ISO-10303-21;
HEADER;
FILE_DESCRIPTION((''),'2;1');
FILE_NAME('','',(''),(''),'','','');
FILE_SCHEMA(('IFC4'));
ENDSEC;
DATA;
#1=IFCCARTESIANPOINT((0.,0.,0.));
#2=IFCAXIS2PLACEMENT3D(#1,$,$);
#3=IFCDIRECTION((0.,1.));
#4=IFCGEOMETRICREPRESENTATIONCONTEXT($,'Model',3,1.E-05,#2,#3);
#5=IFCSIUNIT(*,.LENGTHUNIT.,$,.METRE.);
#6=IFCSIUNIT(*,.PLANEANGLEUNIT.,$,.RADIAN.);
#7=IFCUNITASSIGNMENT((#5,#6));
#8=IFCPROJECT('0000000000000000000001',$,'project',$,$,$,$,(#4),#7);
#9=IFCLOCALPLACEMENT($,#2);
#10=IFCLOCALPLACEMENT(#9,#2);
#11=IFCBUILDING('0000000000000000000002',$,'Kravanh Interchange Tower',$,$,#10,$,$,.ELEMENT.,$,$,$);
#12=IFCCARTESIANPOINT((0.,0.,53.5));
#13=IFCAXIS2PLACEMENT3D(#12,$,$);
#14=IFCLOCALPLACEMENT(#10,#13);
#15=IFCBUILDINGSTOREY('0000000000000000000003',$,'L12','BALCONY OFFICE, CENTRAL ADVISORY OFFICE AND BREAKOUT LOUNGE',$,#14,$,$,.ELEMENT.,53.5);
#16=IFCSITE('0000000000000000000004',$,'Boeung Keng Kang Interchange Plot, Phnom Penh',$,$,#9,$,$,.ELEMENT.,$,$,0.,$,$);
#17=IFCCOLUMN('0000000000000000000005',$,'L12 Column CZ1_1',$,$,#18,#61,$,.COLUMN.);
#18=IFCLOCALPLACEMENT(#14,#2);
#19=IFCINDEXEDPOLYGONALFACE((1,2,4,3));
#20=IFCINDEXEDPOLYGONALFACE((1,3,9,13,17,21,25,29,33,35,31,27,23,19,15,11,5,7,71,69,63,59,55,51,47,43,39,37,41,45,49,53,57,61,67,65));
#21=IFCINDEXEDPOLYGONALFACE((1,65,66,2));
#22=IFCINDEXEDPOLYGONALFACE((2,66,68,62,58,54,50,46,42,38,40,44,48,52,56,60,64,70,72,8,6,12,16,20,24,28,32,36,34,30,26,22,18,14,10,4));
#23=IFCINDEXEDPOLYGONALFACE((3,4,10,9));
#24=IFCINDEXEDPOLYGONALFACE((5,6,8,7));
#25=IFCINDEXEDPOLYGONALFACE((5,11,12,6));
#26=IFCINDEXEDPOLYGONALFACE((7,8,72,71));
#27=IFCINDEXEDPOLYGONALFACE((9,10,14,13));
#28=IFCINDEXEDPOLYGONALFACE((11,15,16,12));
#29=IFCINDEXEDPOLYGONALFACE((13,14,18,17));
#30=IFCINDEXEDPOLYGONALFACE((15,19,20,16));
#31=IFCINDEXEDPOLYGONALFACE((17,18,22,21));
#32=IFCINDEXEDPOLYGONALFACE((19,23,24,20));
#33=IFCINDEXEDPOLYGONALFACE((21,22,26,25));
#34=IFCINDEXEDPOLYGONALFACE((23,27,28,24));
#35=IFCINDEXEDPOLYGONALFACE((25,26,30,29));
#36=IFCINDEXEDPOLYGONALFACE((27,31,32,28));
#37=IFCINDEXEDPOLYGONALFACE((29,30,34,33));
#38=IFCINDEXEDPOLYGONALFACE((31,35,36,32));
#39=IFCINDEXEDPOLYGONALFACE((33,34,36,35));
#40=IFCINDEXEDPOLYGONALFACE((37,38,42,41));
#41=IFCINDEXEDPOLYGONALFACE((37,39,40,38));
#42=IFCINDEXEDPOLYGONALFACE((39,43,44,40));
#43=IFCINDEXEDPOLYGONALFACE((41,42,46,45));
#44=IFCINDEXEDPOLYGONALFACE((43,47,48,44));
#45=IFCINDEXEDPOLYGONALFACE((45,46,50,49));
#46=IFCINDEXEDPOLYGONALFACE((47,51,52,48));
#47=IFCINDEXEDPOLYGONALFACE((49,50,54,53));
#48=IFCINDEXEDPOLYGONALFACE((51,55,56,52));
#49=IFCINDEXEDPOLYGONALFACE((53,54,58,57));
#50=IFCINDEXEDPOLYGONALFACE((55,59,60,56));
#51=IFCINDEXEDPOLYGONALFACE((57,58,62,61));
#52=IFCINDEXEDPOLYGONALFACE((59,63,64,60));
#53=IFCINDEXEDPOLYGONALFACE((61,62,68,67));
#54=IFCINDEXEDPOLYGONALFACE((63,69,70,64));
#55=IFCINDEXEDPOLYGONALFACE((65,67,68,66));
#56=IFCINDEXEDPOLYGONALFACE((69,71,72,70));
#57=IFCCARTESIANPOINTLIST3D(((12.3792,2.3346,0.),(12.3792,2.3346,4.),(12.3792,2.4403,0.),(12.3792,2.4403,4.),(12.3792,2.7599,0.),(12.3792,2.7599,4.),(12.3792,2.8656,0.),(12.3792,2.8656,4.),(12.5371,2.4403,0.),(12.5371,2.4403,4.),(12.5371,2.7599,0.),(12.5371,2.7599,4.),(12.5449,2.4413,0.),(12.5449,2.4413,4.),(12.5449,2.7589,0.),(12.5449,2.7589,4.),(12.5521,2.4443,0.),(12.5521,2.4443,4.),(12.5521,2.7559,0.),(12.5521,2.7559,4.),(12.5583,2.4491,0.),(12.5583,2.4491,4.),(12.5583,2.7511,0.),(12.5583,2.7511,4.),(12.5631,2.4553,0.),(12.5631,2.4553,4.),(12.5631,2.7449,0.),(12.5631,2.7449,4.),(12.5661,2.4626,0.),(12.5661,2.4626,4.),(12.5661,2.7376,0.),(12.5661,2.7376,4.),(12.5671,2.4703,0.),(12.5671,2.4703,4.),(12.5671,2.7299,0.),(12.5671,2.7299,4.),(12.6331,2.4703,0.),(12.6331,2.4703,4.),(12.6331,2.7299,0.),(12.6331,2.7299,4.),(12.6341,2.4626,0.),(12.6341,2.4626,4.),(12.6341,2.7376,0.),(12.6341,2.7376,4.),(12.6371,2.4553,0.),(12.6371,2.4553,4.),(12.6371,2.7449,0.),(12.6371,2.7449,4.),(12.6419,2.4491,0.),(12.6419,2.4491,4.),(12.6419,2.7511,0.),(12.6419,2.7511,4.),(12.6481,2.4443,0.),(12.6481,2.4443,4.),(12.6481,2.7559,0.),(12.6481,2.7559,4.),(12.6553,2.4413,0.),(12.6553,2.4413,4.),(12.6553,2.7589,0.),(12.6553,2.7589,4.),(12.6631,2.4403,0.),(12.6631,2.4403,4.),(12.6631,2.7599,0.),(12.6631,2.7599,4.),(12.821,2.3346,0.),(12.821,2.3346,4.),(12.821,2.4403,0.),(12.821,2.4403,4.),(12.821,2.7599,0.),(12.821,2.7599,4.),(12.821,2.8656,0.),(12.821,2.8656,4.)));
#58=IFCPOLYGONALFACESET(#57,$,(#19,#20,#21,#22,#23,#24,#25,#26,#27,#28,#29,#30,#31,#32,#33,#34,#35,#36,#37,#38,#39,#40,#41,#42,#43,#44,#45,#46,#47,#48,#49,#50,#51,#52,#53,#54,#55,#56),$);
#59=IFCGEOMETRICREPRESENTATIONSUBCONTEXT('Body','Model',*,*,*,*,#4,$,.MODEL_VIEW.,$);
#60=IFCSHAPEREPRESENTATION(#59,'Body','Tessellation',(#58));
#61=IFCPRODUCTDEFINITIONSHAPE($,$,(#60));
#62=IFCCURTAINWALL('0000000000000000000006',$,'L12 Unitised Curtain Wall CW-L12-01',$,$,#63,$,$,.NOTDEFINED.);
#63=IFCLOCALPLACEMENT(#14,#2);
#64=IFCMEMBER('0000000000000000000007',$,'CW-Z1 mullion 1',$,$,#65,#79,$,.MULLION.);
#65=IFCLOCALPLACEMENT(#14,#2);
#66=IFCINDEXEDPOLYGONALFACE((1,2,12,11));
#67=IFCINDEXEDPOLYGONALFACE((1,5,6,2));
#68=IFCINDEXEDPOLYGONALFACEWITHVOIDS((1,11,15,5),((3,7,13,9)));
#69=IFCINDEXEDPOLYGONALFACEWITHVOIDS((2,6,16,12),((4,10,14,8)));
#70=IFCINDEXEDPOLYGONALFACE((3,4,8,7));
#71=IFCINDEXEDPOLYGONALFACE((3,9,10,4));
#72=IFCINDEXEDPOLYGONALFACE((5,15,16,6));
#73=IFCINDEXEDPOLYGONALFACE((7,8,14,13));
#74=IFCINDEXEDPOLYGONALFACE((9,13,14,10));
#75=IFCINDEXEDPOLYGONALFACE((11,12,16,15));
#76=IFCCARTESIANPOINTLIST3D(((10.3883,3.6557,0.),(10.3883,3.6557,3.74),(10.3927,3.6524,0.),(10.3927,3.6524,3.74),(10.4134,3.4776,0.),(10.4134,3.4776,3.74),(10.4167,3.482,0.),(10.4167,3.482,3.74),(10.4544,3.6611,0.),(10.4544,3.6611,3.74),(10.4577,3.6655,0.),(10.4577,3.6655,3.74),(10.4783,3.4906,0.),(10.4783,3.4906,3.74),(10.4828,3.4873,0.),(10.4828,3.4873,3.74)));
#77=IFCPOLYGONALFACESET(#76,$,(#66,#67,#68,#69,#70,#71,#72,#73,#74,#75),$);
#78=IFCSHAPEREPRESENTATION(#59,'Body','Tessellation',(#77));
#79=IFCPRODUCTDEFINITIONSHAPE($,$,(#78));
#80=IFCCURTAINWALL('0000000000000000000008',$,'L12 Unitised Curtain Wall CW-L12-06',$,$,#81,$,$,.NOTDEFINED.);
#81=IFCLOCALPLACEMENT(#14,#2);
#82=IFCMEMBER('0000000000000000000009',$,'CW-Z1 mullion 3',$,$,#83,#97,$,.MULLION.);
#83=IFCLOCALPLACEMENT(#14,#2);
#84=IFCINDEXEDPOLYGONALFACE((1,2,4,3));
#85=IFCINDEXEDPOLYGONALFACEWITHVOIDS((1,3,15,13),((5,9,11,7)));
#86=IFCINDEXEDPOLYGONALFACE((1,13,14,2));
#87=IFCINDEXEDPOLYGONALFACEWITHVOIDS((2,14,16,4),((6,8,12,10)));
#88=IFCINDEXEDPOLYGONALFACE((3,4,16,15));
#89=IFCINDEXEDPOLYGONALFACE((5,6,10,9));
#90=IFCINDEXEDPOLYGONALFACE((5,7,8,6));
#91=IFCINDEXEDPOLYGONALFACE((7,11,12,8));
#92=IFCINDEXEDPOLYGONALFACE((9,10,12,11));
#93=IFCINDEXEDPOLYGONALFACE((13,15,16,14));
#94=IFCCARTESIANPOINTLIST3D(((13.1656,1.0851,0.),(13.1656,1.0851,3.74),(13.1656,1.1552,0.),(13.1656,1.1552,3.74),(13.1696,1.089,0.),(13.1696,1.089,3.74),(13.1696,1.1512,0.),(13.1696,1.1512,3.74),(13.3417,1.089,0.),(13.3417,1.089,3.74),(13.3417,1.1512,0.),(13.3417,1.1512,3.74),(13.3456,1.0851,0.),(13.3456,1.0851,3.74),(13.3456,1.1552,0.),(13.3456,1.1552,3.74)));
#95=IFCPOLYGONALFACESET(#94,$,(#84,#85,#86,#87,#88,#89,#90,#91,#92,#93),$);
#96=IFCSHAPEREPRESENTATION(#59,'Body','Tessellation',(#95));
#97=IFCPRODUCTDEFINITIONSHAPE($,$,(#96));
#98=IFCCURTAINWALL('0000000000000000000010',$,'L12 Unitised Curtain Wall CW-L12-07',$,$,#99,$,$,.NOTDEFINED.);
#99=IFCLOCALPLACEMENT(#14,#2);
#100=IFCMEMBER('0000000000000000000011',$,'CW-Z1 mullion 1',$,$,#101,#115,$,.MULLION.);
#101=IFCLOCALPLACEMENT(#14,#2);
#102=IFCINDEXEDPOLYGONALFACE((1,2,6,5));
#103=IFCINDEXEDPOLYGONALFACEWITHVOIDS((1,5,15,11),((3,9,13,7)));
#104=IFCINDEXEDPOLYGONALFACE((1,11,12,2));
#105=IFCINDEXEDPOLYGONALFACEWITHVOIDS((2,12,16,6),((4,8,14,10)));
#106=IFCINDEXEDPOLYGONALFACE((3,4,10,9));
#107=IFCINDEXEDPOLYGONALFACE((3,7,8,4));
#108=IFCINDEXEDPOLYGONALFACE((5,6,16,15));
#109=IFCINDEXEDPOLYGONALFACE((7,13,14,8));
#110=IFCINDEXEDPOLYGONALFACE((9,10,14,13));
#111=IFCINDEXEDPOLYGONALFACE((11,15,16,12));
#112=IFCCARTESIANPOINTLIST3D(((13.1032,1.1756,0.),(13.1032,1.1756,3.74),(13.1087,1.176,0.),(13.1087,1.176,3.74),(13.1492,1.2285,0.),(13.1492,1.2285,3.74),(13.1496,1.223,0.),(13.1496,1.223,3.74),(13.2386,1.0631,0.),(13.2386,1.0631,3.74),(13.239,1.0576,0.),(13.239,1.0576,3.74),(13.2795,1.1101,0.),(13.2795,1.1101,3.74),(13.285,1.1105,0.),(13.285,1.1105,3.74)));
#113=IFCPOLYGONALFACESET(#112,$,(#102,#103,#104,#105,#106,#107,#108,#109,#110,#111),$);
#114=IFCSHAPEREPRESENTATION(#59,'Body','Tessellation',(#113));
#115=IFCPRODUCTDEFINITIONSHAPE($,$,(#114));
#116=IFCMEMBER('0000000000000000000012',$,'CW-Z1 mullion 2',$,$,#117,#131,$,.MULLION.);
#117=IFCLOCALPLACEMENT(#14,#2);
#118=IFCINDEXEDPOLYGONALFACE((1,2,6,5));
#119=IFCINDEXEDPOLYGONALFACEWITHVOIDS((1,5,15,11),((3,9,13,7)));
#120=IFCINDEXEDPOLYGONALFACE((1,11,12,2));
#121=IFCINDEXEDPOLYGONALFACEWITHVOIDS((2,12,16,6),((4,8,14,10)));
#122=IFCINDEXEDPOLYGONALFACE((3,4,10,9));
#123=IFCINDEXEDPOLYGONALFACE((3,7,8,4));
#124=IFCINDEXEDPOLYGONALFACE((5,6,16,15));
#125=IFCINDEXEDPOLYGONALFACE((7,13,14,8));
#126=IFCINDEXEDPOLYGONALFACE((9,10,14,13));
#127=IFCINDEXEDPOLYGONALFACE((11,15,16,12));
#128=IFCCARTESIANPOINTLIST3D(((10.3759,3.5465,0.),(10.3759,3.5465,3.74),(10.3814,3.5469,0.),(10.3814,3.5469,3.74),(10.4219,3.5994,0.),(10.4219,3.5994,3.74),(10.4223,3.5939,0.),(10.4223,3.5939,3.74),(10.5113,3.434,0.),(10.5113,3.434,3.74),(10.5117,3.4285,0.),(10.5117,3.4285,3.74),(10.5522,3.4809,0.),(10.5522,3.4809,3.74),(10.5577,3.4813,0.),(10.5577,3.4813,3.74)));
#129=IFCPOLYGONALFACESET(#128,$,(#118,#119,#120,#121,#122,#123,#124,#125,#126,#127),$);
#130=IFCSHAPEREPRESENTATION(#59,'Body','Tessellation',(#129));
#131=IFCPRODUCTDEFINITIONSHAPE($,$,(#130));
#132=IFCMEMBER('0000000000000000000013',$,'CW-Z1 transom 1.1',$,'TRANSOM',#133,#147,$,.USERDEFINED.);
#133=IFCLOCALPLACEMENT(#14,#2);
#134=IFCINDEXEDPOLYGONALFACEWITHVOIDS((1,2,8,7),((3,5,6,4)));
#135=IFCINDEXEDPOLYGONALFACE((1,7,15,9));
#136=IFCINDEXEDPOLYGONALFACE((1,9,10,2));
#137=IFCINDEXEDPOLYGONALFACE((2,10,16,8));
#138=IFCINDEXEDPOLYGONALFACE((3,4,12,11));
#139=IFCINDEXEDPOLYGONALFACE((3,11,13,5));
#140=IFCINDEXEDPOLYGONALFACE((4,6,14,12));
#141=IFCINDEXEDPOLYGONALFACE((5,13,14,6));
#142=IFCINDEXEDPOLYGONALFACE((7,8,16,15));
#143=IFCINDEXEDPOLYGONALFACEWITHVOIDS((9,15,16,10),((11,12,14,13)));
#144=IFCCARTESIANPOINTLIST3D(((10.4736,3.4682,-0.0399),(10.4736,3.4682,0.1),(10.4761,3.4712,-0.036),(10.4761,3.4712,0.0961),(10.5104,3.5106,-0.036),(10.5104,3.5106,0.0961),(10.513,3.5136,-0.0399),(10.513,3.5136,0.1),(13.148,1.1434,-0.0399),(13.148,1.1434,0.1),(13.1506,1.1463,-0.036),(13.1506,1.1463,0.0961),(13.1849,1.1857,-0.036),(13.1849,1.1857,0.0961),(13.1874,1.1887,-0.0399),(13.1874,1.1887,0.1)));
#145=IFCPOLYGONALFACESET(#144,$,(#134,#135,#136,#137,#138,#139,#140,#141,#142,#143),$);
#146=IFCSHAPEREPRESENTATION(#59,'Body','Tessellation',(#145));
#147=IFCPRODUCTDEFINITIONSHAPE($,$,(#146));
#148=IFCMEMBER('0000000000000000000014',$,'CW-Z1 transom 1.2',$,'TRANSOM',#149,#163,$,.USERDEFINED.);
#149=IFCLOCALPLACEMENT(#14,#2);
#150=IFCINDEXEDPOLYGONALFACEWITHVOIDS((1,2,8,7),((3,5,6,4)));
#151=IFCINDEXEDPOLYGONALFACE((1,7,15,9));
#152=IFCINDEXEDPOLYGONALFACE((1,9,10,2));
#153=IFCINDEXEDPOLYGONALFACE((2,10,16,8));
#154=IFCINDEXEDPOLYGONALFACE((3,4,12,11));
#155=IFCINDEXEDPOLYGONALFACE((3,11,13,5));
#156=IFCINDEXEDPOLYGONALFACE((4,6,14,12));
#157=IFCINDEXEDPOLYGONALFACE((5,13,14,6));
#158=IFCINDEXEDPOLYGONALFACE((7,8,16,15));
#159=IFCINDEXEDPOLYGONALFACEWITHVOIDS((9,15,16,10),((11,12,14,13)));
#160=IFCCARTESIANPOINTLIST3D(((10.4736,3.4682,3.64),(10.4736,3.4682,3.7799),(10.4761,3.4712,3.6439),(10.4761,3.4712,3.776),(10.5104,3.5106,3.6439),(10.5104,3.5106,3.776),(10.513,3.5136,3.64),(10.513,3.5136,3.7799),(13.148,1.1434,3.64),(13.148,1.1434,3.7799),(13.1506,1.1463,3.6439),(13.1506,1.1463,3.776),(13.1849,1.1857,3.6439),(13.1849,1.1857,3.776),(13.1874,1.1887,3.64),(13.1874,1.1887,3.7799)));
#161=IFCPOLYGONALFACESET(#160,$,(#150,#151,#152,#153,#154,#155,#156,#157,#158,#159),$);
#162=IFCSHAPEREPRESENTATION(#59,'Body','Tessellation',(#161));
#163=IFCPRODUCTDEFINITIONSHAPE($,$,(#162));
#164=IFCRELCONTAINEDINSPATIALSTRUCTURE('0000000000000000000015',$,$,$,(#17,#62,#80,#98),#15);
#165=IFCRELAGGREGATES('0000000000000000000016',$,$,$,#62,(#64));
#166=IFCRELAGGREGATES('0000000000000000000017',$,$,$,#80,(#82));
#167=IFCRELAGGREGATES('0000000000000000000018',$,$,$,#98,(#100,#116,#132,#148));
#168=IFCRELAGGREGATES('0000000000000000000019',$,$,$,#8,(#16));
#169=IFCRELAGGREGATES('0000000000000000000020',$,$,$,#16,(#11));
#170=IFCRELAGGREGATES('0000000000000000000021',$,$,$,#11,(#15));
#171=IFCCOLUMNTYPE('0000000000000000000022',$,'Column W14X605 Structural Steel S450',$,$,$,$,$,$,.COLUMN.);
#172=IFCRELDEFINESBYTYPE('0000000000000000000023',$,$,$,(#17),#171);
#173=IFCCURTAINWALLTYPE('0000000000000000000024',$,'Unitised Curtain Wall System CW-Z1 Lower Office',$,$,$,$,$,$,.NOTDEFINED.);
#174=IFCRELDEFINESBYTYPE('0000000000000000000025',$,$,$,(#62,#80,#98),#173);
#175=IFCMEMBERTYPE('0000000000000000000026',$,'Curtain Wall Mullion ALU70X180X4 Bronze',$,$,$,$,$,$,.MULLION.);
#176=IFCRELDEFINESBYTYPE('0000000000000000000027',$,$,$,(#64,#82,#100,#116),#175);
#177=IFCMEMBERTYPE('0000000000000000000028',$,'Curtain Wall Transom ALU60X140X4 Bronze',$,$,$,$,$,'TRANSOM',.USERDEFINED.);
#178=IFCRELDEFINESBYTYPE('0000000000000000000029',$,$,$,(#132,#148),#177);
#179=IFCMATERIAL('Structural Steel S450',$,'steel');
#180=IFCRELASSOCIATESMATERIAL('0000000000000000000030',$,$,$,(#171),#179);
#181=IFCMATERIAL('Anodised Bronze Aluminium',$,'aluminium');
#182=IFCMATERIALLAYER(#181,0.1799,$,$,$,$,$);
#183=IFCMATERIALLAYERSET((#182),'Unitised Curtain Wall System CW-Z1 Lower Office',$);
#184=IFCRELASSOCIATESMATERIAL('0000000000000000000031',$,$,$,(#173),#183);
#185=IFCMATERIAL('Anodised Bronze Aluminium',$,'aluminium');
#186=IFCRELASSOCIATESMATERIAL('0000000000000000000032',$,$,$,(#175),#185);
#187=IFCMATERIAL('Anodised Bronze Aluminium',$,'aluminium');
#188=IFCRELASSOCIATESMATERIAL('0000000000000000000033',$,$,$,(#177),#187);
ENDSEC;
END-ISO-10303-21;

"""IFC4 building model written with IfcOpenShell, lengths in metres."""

from ifc_helpers import new_model, si_unit, direction, frame, origin, origin_2d, place, context, subcontext, project, spatial, hollow_rectangle, i_section, extrude, material, layer, layer_set, material_profile, profile_set, type_object, element, aggregate, save


model = new_model("IFC4")

# Units and contexts
model_context = context("Model", 3, precision=1e-05, world=origin(), true_north=direction((0.0, 1.0)))
body_context = subcontext(model_context, "Body", "Model", "MODEL_VIEW")
ifc_project = project(units=[si_unit("LENGTHUNIT", "METRE"), si_unit("PLANEANGLEUNIT", "RADIAN")], contexts=[model_context])

# Site, building, storey
site_placement = place(None, origin())
site = spatial("IfcSite", under=ifc_project, at=site_placement, Name="Boeung Keng Kang Interchange Plot, Phnom Penh", CompositionType="ELEMENT", RefElevation=0.0)
building_placement = place(site_placement, origin())
building = spatial("IfcBuilding", under=site, at=building_placement, Name="Kravanh Interchange Tower", CompositionType="ELEMENT")
storey_placement = place(building_placement, frame((0.0, 0.0, 53.5)))
storey = spatial("IfcBuildingStorey", under=building, at=storey_placement, Name="L12", Description="BALCONY OFFICE, CENTRAL ADVISORY OFFICE AND BREAKOUT LOUNGE", CompositionType="ELEMENT", Elevation=53.5)

# Column
ifc_material_1 = material(Name="Structural Steel S450", Category="steel")
ifc_material_profile_1 = material_profile(ifc_material_1, i_section(OverallWidth=0.4419, OverallDepth=0.531, WebThickness=0.0659, FlangeThickness=0.1057, FilletRadius=0.03, at=origin_2d()), Name="W14X605")
ifc_profile_set_1 = profile_set([ifc_material_profile_1], Name="Structural Steel S450")
column_type = type_object("IfcColumnType", Name="Column W14X605 Structural Steel S450", PredefinedType="COLUMN", material=ifc_profile_set_1)
column_placement = place(storey_placement, frame((12.6001, 2.6001, 0.0), z_axis=(0.0, 0.0, 1.0), x_axis=(1.0, 0.0, 0.0)))
element("IfcColumn", 1, at=column_placement, inside=storey, type_object=column_type, Name="L12 Column CZ1_1", PredefinedType="COLUMN", context=body_context, shape_type="SweptSolid", body=[
    extrude(i_section(OverallWidth=0.4419, OverallDepth=0.531, WebThickness=0.0659, FlangeThickness=0.1057, FilletRadius=0.03, at=origin_2d()), origin(), (0.0, 0.0, 1.0), 4.0),
])

# Curtain walls, members
ifc_material_2 = material(Name="Anodised Bronze Aluminium", Category="aluminium")
ifc_layer_1 = layer(ifc_material_2, 0.1799)
ifc_layer_set_1 = layer_set([ifc_layer_1], Name="Unitised Curtain Wall System CW-Z1 Lower Office")
curtain_wall_type = type_object("IfcCurtainWallType", Name="Unitised Curtain Wall System CW-Z1 Lower Office", PredefinedType="NOTDEFINED", material=ifc_layer_set_1)
curtain_wall_1_placement = place(storey_placement, origin())
curtain_wall_1 = element("IfcCurtainWall", 2, at=curtain_wall_1_placement, inside=storey, type_object=curtain_wall_type, Name="L12 Unitised Curtain Wall CW-L12-01", PredefinedType="NOTDEFINED")
ifc_material_3 = material(Name="Anodised Bronze Aluminium", Category="aluminium")
ifc_material_profile_2 = material_profile(ifc_material_3, hollow_rectangle(XDim=0.0701, YDim=0.1799, WallThickness=0.0039, at=origin_2d()), Name="ALU70X180X4")
ifc_profile_set_2 = profile_set([ifc_material_profile_2], Name="Anodised Bronze Aluminium")
member_type_1 = type_object("IfcMemberType", Name="Curtain Wall Mullion ALU70X180X4 Bronze", PredefinedType="MULLION", material=ifc_profile_set_2)
member_1_placement = place(storey_placement, frame((10.4355, 3.5715, 0.0), z_axis=(0.0, 0.0, 1.0), x_axis=(-0.990268, -0.139177, 0.0)))
member_1 = element("IfcMember", 3, at=member_1_placement, type_object=member_type_1, Name="CW-Z1 mullion 1", PredefinedType="MULLION", context=body_context, shape_type="SweptSolid", body=[
    extrude(hollow_rectangle(XDim=0.0701, YDim=0.1799, WallThickness=0.0039, at=origin_2d()), origin(), (0.0, 0.0, 1.0), 3.74),
])
aggregate(curtain_wall_1, [member_1])
curtain_wall_2_placement = place(storey_placement, origin())
curtain_wall_2 = element("IfcCurtainWall", 4, at=curtain_wall_2_placement, inside=storey, type_object=curtain_wall_type, Name="L12 Unitised Curtain Wall CW-L12-06", PredefinedType="NOTDEFINED")
member_2_placement = place(storey_placement, frame((13.2556, 1.1201, 0.0), z_axis=(0.0, 0.0, 1.0), x_axis=(0.0, -1.0, 0.0)))
member_2 = element("IfcMember", 5, at=member_2_placement, type_object=member_type_1, Name="CW-Z1 mullion 3", PredefinedType="MULLION", context=body_context, shape_type="SweptSolid", body=[
    extrude(hollow_rectangle(XDim=0.0701, YDim=0.1799, WallThickness=0.0039, at=origin_2d()), origin(), (0.0, 0.0, 1.0), 3.74),
])

# Curtain wall, members
curtain_wall_3_placement = place(storey_placement, origin())
curtain_wall_3 = element("IfcCurtainWall", 6, at=curtain_wall_3_placement, inside=storey, type_object=curtain_wall_type, Name="L12 Unitised Curtain Wall CW-L12-07", PredefinedType="NOTDEFINED")
member_3_placement = place(storey_placement, frame((13.1941, 1.1431, 0.0), z_axis=(0.0, 0.0, 1.0), x_axis=(-0.65606, -0.754708, 0.0)))
member_3 = element("IfcMember", 7, at=member_3_placement, type_object=member_type_1, Name="CW-Z1 mullion 1", PredefinedType="MULLION", context=body_context, shape_type="SweptSolid", body=[
    extrude(hollow_rectangle(XDim=0.0701, YDim=0.1799, WallThickness=0.0039, at=origin_2d()), origin(), (0.0, 0.0, 1.0), 3.74),
])
member_4_placement = place(storey_placement, frame((10.4668, 3.5139, 0.0), z_axis=(0.0, 0.0, 1.0), x_axis=(-0.65606, -0.754708, 0.0)))
member_4 = element("IfcMember", 8, at=member_4_placement, type_object=member_type_1, Name="CW-Z1 mullion 2", PredefinedType="MULLION", context=body_context, shape_type="SweptSolid", body=[
    extrude(hollow_rectangle(XDim=0.0701, YDim=0.1799, WallThickness=0.0039, at=origin_2d()), origin(), (0.0, 0.0, 1.0), 3.74),
])
ifc_material_4 = material(Name="Anodised Bronze Aluminium", Category="aluminium")
ifc_material_profile_3 = material_profile(ifc_material_4, hollow_rectangle(XDim=0.0601, YDim=0.1399, WallThickness=0.0039, at=origin_2d()), Name="ALU60X140X4")
ifc_profile_set_3 = profile_set([ifc_material_profile_3], Name="Anodised Bronze Aluminium")
member_type_2 = type_object("IfcMemberType", Name="Curtain Wall Transom ALU60X140X4 Bronze", ElementType="TRANSOM", PredefinedType="USERDEFINED", material=ifc_profile_set_3)
member_5_placement = place(storey_placement, frame((13.1677, 1.166, 0.03), z_axis=(-0.754711, 0.656058, 0.0), x_axis=(-0.656058, -0.754711, 0.0)))
member_5 = element("IfcMember", 9, at=member_5_placement, type_object=member_type_2, Name="CW-Z1 transom 1.1", ObjectType="TRANSOM", PredefinedType="USERDEFINED", context=body_context, shape_type="SweptSolid", body=[
    extrude(hollow_rectangle(XDim=0.0601, YDim=0.1399, WallThickness=0.0039, at=origin_2d()), origin(), (0.0, 0.0, 1.0), 3.5437),
])
member_6_placement = place(storey_placement, frame((13.1677, 1.166, 3.71), z_axis=(-0.754711, 0.656058, 0.0), x_axis=(-0.656058, -0.754711, 0.0)))
member_6 = element("IfcMember", 10, at=member_6_placement, type_object=member_type_2, Name="CW-Z1 transom 1.2", ObjectType="TRANSOM", PredefinedType="USERDEFINED", context=body_context, shape_type="SweptSolid", body=[
    extrude(hollow_rectangle(XDim=0.0601, YDim=0.1399, WallThickness=0.0039, at=origin_2d()), origin(), (0.0, 0.0, 1.0), 3.5437),
])

aggregate(curtain_wall_2, [member_2])
aggregate(curtain_wall_3, [member_3, member_4, member_5, member_6])

save(model, "model.ifc")
